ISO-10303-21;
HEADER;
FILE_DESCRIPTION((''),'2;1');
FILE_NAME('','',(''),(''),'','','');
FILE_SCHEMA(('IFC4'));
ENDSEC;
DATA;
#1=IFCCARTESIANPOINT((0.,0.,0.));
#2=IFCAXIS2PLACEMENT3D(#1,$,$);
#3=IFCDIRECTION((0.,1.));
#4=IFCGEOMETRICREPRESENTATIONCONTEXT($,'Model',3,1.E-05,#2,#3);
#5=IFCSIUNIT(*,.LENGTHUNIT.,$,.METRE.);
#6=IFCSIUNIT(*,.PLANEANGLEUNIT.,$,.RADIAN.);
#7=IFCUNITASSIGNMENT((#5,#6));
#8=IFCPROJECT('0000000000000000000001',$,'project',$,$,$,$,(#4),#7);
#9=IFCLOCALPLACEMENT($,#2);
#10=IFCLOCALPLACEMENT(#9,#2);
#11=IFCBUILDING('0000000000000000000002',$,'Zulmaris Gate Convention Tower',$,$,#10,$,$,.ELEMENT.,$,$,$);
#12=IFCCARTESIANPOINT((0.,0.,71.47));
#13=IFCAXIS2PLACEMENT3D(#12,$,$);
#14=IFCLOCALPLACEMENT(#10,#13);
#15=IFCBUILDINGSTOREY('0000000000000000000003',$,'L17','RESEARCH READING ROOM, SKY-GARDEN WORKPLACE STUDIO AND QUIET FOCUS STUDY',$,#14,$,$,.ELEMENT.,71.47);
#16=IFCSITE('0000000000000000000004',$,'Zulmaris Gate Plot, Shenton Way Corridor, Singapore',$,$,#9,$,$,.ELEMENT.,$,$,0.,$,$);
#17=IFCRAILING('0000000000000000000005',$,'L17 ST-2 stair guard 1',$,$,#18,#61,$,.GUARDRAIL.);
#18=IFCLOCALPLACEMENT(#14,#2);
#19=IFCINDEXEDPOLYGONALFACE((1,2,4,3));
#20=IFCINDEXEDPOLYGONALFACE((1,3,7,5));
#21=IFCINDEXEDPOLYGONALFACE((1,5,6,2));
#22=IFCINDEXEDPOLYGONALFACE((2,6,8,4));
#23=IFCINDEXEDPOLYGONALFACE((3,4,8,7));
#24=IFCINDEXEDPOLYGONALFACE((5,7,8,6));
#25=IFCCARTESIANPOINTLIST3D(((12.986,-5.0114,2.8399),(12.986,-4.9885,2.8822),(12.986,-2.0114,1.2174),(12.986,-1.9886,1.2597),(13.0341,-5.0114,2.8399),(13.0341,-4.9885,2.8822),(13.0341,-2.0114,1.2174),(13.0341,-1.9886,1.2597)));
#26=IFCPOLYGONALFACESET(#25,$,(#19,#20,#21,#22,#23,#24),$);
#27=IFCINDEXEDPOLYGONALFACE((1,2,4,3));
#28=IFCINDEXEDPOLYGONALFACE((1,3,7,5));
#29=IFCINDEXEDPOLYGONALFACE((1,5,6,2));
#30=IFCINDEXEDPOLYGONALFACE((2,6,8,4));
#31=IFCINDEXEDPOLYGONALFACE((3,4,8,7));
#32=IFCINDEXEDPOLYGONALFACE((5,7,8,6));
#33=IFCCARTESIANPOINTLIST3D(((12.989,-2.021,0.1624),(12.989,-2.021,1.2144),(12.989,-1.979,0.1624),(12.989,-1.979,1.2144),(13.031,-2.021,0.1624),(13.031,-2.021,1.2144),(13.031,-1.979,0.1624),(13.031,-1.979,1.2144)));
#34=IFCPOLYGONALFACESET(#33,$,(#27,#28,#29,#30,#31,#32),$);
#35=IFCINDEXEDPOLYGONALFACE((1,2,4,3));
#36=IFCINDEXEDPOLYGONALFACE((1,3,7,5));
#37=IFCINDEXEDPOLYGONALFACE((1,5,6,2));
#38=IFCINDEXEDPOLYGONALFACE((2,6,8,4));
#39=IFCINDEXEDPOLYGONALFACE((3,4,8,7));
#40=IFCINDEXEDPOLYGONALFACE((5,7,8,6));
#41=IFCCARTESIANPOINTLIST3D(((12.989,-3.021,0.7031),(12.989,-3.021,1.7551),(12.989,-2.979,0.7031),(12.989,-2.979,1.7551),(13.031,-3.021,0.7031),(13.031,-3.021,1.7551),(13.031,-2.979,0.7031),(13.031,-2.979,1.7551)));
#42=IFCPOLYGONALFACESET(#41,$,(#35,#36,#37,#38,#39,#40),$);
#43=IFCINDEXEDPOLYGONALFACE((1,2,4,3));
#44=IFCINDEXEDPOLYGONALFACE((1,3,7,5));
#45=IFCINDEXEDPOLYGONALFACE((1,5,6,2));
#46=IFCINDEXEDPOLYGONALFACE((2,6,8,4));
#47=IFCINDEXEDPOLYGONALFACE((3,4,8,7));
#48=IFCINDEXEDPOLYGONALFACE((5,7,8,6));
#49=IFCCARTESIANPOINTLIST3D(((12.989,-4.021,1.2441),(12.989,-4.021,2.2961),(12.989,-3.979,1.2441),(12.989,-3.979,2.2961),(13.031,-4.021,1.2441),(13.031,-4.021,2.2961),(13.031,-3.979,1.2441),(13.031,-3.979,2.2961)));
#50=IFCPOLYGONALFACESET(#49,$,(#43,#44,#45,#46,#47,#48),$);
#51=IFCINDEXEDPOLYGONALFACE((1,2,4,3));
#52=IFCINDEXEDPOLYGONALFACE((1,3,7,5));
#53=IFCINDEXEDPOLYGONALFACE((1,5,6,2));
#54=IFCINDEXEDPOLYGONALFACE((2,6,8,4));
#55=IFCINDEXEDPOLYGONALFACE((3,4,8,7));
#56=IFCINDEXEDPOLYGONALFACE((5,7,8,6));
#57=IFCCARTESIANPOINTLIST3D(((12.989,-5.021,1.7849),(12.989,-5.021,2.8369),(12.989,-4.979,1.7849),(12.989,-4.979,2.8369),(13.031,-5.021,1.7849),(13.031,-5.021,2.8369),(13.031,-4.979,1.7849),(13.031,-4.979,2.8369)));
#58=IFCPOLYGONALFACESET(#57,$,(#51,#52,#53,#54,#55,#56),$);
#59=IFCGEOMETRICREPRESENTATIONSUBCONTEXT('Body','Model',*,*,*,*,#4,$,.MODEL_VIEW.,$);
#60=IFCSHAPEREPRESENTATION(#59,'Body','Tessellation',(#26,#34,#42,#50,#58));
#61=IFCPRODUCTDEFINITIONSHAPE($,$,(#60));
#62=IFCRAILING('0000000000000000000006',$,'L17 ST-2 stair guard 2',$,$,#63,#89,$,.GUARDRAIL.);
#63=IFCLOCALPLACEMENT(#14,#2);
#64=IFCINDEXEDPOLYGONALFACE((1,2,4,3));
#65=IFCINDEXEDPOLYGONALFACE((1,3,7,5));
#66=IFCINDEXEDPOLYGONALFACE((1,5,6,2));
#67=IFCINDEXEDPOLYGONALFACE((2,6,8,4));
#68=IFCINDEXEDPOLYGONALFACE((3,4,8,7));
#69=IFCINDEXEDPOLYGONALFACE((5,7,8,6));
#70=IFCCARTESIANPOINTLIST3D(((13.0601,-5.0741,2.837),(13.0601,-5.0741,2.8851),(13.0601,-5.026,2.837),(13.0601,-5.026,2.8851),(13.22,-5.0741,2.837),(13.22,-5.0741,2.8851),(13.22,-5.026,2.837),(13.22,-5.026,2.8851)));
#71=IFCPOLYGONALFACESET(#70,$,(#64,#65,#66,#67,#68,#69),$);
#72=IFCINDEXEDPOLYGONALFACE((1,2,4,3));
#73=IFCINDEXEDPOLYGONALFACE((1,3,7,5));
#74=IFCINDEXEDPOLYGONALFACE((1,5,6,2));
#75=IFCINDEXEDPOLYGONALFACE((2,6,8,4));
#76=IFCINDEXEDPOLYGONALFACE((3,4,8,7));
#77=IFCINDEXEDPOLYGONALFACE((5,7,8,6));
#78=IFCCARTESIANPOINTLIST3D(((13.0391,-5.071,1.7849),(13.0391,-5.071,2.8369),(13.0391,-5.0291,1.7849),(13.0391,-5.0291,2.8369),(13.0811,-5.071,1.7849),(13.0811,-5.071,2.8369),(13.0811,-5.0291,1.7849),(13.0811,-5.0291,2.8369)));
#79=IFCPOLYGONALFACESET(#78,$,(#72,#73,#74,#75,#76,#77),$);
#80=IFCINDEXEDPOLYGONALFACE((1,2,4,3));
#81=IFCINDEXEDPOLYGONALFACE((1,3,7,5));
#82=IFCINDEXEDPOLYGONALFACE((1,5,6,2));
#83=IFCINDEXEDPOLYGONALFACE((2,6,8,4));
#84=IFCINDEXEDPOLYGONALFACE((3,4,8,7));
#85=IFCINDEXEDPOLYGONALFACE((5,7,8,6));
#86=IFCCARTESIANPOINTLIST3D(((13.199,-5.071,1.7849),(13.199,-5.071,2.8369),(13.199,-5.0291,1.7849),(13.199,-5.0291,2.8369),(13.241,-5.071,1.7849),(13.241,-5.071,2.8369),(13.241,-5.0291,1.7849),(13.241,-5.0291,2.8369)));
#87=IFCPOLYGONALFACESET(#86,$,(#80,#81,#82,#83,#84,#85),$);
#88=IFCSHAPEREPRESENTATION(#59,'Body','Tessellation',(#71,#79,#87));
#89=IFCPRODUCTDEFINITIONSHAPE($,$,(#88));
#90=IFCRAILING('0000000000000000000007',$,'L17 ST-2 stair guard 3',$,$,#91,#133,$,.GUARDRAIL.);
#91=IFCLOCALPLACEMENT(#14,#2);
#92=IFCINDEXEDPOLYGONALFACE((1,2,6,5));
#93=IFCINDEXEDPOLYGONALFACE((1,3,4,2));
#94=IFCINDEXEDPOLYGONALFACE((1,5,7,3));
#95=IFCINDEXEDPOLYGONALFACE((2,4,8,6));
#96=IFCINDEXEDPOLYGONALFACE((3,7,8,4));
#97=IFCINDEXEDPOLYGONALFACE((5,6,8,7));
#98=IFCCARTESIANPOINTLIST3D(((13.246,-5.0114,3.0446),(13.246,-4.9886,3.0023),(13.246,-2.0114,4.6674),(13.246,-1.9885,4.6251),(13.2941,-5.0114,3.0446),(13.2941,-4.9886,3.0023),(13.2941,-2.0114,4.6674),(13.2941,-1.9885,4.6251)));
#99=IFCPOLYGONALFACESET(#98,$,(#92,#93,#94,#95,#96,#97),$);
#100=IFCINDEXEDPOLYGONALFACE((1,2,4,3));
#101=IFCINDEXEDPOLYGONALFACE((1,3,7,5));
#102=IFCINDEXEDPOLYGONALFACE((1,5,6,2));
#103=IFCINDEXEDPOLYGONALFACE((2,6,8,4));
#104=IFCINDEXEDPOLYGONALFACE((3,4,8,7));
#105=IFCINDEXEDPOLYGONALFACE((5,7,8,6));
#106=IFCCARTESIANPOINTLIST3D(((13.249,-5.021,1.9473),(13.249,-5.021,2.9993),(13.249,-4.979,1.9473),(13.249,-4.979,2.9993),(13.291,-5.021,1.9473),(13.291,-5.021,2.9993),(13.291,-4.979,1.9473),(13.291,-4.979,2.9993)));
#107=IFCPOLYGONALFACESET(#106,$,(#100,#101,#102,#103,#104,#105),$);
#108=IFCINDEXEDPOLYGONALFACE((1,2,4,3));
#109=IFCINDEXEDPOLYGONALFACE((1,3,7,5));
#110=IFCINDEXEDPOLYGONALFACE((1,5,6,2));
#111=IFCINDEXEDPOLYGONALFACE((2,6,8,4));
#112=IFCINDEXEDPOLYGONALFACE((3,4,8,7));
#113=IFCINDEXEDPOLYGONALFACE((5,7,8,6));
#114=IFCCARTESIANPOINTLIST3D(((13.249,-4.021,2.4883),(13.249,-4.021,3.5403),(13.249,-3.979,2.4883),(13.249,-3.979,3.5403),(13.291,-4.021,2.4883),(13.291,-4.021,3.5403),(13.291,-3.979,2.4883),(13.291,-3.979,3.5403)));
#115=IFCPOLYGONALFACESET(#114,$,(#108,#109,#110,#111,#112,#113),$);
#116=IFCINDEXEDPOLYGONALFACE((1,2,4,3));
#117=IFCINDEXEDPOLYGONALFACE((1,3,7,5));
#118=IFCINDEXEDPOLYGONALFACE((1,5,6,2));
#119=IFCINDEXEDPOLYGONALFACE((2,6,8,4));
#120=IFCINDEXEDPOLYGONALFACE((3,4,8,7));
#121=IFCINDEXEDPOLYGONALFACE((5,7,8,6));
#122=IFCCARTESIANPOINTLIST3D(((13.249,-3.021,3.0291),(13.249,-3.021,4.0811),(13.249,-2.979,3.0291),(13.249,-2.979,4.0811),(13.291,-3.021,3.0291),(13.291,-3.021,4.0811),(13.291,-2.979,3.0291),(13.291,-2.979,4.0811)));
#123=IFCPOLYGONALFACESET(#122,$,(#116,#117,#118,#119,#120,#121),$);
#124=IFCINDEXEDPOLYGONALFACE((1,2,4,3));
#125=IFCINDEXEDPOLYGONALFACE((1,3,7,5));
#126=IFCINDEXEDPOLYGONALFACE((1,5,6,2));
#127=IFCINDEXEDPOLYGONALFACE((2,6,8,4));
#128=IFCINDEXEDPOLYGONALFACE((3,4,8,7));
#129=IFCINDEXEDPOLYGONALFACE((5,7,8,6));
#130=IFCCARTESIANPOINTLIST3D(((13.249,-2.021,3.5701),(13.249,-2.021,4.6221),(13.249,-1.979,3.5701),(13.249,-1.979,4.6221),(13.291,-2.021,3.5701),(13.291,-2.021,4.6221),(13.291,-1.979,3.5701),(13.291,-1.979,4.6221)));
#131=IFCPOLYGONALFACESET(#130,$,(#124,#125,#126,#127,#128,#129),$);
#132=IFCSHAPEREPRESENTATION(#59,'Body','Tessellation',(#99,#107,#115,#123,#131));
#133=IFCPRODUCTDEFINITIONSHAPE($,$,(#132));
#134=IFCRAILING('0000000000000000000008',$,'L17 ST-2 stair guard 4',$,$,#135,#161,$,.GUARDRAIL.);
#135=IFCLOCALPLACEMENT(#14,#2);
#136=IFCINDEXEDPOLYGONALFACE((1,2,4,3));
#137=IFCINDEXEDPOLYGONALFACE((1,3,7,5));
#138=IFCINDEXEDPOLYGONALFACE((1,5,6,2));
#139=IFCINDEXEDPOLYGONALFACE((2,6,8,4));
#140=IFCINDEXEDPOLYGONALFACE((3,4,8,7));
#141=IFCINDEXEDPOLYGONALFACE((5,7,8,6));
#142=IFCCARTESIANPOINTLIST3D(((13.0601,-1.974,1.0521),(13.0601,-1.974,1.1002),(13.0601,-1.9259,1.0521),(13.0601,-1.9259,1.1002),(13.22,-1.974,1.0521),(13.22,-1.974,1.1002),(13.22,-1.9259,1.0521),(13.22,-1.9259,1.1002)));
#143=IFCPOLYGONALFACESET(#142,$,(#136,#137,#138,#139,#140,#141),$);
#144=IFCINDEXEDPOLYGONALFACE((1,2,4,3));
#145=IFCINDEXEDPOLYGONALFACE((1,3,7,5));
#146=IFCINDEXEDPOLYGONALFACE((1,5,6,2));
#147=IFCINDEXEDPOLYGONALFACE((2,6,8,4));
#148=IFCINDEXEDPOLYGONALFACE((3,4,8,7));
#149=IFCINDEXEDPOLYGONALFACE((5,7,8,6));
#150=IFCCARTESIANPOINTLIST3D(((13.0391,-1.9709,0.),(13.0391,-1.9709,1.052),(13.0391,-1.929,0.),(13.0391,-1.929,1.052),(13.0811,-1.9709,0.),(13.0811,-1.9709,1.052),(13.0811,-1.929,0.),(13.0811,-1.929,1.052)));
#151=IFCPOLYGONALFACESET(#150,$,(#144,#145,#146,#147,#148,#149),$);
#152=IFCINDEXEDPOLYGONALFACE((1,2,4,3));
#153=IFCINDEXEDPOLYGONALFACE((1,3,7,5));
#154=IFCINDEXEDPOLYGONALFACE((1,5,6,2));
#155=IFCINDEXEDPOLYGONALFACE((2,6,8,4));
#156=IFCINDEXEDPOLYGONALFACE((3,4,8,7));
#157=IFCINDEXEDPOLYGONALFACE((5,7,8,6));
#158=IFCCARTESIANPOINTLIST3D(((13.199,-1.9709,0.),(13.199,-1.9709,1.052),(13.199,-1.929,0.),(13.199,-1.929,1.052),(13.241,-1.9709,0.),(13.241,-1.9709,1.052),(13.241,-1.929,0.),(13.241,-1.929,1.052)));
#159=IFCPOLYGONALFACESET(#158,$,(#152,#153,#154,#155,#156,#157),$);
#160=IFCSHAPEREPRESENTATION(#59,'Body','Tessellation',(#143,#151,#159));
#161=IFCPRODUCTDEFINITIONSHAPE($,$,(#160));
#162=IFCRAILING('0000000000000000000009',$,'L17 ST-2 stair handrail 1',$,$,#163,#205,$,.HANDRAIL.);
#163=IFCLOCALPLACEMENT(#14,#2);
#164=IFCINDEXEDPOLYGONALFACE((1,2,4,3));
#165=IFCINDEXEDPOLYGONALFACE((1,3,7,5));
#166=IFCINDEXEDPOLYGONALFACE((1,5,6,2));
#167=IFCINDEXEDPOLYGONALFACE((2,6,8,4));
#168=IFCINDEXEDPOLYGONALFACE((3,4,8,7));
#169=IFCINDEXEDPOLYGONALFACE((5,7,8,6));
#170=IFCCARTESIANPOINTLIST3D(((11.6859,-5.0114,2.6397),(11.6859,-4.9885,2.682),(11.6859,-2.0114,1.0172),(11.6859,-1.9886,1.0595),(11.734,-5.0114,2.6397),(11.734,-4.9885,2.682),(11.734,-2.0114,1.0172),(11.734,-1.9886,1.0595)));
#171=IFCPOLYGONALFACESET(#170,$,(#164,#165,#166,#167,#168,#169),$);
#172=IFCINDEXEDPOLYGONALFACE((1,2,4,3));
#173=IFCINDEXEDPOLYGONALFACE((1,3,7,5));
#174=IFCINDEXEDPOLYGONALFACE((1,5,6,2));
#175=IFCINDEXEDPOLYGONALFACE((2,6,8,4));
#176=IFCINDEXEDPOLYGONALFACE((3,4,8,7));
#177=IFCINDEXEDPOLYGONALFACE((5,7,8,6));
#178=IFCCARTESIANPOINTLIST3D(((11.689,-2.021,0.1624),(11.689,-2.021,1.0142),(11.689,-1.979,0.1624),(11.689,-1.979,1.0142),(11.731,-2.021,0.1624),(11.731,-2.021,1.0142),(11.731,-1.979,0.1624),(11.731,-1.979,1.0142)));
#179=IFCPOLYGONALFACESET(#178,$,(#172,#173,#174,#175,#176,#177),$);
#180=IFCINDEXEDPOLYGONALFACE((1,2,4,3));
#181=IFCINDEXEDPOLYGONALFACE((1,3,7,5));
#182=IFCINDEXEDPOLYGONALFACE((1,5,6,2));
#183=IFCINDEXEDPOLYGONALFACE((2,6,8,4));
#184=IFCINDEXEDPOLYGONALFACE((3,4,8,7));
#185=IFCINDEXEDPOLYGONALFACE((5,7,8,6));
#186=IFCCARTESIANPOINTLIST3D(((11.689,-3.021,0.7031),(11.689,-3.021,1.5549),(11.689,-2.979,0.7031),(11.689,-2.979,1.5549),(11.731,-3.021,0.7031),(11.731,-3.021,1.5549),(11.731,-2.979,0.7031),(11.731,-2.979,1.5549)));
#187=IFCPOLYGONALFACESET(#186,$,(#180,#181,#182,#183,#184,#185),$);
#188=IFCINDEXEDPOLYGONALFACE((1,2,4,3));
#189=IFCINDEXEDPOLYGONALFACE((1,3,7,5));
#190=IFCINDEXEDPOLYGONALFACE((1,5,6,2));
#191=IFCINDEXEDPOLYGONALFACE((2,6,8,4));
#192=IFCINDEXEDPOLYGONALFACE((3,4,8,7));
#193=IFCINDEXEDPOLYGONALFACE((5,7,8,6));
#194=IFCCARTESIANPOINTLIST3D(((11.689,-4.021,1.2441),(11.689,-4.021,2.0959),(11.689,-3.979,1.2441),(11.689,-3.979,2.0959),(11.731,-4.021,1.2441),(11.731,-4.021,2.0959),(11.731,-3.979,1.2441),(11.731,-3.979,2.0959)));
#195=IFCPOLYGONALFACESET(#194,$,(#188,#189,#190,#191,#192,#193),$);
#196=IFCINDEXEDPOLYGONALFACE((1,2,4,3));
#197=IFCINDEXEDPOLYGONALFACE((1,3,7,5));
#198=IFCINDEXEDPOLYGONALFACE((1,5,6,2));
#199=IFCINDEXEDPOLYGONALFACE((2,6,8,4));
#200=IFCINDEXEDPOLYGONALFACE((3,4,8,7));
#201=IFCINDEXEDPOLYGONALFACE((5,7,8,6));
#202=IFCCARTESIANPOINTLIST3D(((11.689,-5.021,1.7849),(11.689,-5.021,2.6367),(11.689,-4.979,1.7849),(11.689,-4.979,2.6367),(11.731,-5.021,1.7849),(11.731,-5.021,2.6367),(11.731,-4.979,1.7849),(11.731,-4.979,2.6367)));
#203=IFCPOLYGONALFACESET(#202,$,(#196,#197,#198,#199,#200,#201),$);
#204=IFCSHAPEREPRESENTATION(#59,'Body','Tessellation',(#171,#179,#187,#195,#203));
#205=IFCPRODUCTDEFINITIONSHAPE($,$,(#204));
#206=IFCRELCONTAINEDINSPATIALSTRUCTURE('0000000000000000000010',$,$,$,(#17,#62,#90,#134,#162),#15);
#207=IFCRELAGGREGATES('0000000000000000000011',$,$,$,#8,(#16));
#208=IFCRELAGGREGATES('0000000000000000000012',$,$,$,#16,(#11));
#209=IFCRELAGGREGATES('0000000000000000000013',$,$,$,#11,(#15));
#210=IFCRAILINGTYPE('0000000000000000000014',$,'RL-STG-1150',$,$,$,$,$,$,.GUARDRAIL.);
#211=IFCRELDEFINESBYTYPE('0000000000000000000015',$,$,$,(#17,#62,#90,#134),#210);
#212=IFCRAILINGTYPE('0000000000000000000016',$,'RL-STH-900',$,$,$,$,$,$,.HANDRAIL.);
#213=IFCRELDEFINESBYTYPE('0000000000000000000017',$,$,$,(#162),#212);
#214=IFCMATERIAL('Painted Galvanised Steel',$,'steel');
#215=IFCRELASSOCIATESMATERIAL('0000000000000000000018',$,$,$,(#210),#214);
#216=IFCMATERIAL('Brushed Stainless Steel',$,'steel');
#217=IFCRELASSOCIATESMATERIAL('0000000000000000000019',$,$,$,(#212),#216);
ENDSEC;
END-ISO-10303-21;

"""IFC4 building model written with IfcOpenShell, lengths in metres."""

from ifc_helpers import new_model, si_unit, direction, frame, origin, origin_2d, place, context, subcontext, project, spatial, rectangle, extrude, material, type_object, element, save


model = new_model("IFC4")

# Units and contexts
model_context = context("Model", 3, precision=1e-05, world=origin(), true_north=direction((0.0, 1.0)))
body_context = subcontext(model_context, "Body", "Model", "MODEL_VIEW")
ifc_project = project(units=[si_unit("LENGTHUNIT", "METRE"), si_unit("PLANEANGLEUNIT", "RADIAN")], contexts=[model_context])

# Site, building, storey
site_placement = place(None, origin())
site = spatial("IfcSite", under=ifc_project, at=site_placement, Name="Zulmaris Gate Plot, Shenton Way Corridor, Singapore", CompositionType="ELEMENT", RefElevation=0.0)
building_placement = place(site_placement, origin())
building = spatial("IfcBuilding", under=site, at=building_placement, Name="Zulmaris Gate Convention Tower", CompositionType="ELEMENT")
storey_placement = place(building_placement, frame((0.0, 0.0, 71.47)))
storey = spatial("IfcBuildingStorey", under=building, at=storey_placement, Name="L17", Description="RESEARCH READING ROOM, SKY-GARDEN WORKPLACE STUDIO AND QUIET FOCUS STUDY", CompositionType="ELEMENT", Elevation=71.47)

# Railings
ifc_material_1 = material(Name="Painted Galvanised Steel", Category="steel")
railing_type_1 = type_object("IfcRailingType", Name="RL-STG-1150", PredefinedType="GUARDRAIL", material=ifc_material_1)
railing_1_placement = place(storey_placement, frame((13.01, -2.0, 0.1624)))
element("IfcRailing", 1, at=railing_1_placement, inside=storey, type_object=railing_type_1, Name="L17 ST-2 stair guard 1", PredefinedType="GUARDRAIL", context=body_context, shape_type="SweptSolid", body=[
    extrude(rectangle(XDim=0.0481, YDim=0.0481, at=origin_2d()), frame((0.0, 0.0, 1.0762), z_axis=(0.0, -0.879592, 0.47573), x_axis=(1.0, 0.0, 0.0)), (0.0, 0.0, 1.0), 3.4106),
    extrude(rectangle(XDim=0.042, YDim=0.042, at=origin_2d()), origin(), (0.0, 0.0, 1.0), 1.052),
    extrude(rectangle(XDim=0.042, YDim=0.042, at=origin_2d()), frame((0.0, -1.0, 0.5408)), (0.0, 0.0, 1.0), 1.052),
    extrude(rectangle(XDim=0.042, YDim=0.042, at=origin_2d()), frame((0.0, -2.0, 1.0818)), (0.0, 0.0, 1.0), 1.052),
    extrude(rectangle(XDim=0.042, YDim=0.042, at=origin_2d()), frame((0.0, -3.0, 1.6226)), (0.0, 0.0, 1.0), 1.052),
])
railing_2_placement = place(storey_placement, frame((13.0601, -5.05, 1.7849)))
element("IfcRailing", 2, at=railing_2_placement, inside=storey, type_object=railing_type_1, Name="L17 ST-2 stair guard 2", PredefinedType="GUARDRAIL", context=body_context, shape_type="SweptSolid", body=[
    extrude(rectangle(XDim=0.0481, YDim=0.0481, at=origin_2d()), frame((0.0, 0.0, 1.0762), z_axis=(1.0, 0.0, 0.0), x_axis=(0.0, 1.0, 0.0)), (0.0, 0.0, 1.0), 0.1599),
    extrude(rectangle(XDim=0.042, YDim=0.042, at=origin_2d()), origin(), (0.0, 0.0, 1.0), 1.052),
    extrude(rectangle(XDim=0.042, YDim=0.042, at=origin_2d()), frame((0.1599, 0.0, 0.0)), (0.0, 0.0, 1.0), 1.052),
])
railing_3_placement = place(storey_placement, frame((13.27, -5.0, 1.9473)))
element("IfcRailing", 3, at=railing_3_placement, inside=storey, type_object=railing_type_1, Name="L17 ST-2 stair guard 3", PredefinedType="GUARDRAIL", context=body_context, shape_type="SweptSolid", body=[
    extrude(rectangle(XDim=0.0481, YDim=0.0481, at=origin_2d()), frame((0.0, 0.0, 1.0762), z_axis=(0.0, 0.879562, 0.475785), x_axis=(-1.0, 0.0, 0.0)), (0.0, 0.0, 1.0), 3.4109),
    extrude(rectangle(XDim=0.042, YDim=0.042, at=origin_2d()), origin(), (0.0, 0.0, 1.0), 1.052),
    extrude(rectangle(XDim=0.042, YDim=0.042, at=origin_2d()), frame((0.0, 1.0, 0.541)), (0.0, 0.0, 1.0), 1.052),
    extrude(rectangle(XDim=0.042, YDim=0.042, at=origin_2d()), frame((0.0, 2.0, 1.0818)), (0.0, 0.0, 1.0), 1.052),
    extrude(rectangle(XDim=0.042, YDim=0.042, at=origin_2d()), frame((0.0, 3.0, 1.6228)), (0.0, 0.0, 1.0), 1.052),
])
railing_4_placement = place(storey_placement, frame((13.0601, -1.95, 0.0)))
element("IfcRailing", 4, at=railing_4_placement, inside=storey, type_object=railing_type_1, Name="L17 ST-2 stair guard 4", PredefinedType="GUARDRAIL", context=body_context, shape_type="SweptSolid", body=[
    extrude(rectangle(XDim=0.0481, YDim=0.0481, at=origin_2d()), frame((0.0, 0.0, 1.0762), z_axis=(1.0, 0.0, 0.0), x_axis=(0.0, 1.0, 0.0)), (0.0, 0.0, 1.0), 0.1599),
    extrude(rectangle(XDim=0.042, YDim=0.042, at=origin_2d()), origin(), (0.0, 0.0, 1.0), 1.052),
    extrude(rectangle(XDim=0.042, YDim=0.042, at=origin_2d()), frame((0.1599, 0.0, 0.0)), (0.0, 0.0, 1.0), 1.052),
])
ifc_material_2 = material(Name="Brushed Stainless Steel", Category="steel")
railing_type_2 = type_object("IfcRailingType", Name="RL-STH-900", PredefinedType="HANDRAIL", material=ifc_material_2)
railing_5_placement = place(storey_placement, frame((11.71, -2.0, 0.1624)))
element("IfcRailing", 5, at=railing_5_placement, inside=storey, type_object=railing_type_2, Name="L17 ST-2 stair handrail 1", PredefinedType="HANDRAIL", context=body_context, shape_type="SweptSolid", body=[
    extrude(rectangle(XDim=0.0481, YDim=0.0481, at=origin_2d()), frame((0.0, 0.0, 0.876), z_axis=(0.0, -0.879592, 0.47573), x_axis=(1.0, 0.0, 0.0)), (0.0, 0.0, 1.0), 3.4106),
    extrude(rectangle(XDim=0.042, YDim=0.042, at=origin_2d()), origin(), (0.0, 0.0, 1.0), 0.8518),
    extrude(rectangle(XDim=0.042, YDim=0.042, at=origin_2d()), frame((0.0, -1.0, 0.5408)), (0.0, 0.0, 1.0), 0.8518),
    extrude(rectangle(XDim=0.042, YDim=0.042, at=origin_2d()), frame((0.0, -2.0, 1.0818)), (0.0, 0.0, 1.0), 0.8518),
    extrude(rectangle(XDim=0.042, YDim=0.042, at=origin_2d()), frame((0.0, -3.0, 1.6226)), (0.0, 0.0, 1.0), 0.8518),
])

save(model, "model.ifc")
